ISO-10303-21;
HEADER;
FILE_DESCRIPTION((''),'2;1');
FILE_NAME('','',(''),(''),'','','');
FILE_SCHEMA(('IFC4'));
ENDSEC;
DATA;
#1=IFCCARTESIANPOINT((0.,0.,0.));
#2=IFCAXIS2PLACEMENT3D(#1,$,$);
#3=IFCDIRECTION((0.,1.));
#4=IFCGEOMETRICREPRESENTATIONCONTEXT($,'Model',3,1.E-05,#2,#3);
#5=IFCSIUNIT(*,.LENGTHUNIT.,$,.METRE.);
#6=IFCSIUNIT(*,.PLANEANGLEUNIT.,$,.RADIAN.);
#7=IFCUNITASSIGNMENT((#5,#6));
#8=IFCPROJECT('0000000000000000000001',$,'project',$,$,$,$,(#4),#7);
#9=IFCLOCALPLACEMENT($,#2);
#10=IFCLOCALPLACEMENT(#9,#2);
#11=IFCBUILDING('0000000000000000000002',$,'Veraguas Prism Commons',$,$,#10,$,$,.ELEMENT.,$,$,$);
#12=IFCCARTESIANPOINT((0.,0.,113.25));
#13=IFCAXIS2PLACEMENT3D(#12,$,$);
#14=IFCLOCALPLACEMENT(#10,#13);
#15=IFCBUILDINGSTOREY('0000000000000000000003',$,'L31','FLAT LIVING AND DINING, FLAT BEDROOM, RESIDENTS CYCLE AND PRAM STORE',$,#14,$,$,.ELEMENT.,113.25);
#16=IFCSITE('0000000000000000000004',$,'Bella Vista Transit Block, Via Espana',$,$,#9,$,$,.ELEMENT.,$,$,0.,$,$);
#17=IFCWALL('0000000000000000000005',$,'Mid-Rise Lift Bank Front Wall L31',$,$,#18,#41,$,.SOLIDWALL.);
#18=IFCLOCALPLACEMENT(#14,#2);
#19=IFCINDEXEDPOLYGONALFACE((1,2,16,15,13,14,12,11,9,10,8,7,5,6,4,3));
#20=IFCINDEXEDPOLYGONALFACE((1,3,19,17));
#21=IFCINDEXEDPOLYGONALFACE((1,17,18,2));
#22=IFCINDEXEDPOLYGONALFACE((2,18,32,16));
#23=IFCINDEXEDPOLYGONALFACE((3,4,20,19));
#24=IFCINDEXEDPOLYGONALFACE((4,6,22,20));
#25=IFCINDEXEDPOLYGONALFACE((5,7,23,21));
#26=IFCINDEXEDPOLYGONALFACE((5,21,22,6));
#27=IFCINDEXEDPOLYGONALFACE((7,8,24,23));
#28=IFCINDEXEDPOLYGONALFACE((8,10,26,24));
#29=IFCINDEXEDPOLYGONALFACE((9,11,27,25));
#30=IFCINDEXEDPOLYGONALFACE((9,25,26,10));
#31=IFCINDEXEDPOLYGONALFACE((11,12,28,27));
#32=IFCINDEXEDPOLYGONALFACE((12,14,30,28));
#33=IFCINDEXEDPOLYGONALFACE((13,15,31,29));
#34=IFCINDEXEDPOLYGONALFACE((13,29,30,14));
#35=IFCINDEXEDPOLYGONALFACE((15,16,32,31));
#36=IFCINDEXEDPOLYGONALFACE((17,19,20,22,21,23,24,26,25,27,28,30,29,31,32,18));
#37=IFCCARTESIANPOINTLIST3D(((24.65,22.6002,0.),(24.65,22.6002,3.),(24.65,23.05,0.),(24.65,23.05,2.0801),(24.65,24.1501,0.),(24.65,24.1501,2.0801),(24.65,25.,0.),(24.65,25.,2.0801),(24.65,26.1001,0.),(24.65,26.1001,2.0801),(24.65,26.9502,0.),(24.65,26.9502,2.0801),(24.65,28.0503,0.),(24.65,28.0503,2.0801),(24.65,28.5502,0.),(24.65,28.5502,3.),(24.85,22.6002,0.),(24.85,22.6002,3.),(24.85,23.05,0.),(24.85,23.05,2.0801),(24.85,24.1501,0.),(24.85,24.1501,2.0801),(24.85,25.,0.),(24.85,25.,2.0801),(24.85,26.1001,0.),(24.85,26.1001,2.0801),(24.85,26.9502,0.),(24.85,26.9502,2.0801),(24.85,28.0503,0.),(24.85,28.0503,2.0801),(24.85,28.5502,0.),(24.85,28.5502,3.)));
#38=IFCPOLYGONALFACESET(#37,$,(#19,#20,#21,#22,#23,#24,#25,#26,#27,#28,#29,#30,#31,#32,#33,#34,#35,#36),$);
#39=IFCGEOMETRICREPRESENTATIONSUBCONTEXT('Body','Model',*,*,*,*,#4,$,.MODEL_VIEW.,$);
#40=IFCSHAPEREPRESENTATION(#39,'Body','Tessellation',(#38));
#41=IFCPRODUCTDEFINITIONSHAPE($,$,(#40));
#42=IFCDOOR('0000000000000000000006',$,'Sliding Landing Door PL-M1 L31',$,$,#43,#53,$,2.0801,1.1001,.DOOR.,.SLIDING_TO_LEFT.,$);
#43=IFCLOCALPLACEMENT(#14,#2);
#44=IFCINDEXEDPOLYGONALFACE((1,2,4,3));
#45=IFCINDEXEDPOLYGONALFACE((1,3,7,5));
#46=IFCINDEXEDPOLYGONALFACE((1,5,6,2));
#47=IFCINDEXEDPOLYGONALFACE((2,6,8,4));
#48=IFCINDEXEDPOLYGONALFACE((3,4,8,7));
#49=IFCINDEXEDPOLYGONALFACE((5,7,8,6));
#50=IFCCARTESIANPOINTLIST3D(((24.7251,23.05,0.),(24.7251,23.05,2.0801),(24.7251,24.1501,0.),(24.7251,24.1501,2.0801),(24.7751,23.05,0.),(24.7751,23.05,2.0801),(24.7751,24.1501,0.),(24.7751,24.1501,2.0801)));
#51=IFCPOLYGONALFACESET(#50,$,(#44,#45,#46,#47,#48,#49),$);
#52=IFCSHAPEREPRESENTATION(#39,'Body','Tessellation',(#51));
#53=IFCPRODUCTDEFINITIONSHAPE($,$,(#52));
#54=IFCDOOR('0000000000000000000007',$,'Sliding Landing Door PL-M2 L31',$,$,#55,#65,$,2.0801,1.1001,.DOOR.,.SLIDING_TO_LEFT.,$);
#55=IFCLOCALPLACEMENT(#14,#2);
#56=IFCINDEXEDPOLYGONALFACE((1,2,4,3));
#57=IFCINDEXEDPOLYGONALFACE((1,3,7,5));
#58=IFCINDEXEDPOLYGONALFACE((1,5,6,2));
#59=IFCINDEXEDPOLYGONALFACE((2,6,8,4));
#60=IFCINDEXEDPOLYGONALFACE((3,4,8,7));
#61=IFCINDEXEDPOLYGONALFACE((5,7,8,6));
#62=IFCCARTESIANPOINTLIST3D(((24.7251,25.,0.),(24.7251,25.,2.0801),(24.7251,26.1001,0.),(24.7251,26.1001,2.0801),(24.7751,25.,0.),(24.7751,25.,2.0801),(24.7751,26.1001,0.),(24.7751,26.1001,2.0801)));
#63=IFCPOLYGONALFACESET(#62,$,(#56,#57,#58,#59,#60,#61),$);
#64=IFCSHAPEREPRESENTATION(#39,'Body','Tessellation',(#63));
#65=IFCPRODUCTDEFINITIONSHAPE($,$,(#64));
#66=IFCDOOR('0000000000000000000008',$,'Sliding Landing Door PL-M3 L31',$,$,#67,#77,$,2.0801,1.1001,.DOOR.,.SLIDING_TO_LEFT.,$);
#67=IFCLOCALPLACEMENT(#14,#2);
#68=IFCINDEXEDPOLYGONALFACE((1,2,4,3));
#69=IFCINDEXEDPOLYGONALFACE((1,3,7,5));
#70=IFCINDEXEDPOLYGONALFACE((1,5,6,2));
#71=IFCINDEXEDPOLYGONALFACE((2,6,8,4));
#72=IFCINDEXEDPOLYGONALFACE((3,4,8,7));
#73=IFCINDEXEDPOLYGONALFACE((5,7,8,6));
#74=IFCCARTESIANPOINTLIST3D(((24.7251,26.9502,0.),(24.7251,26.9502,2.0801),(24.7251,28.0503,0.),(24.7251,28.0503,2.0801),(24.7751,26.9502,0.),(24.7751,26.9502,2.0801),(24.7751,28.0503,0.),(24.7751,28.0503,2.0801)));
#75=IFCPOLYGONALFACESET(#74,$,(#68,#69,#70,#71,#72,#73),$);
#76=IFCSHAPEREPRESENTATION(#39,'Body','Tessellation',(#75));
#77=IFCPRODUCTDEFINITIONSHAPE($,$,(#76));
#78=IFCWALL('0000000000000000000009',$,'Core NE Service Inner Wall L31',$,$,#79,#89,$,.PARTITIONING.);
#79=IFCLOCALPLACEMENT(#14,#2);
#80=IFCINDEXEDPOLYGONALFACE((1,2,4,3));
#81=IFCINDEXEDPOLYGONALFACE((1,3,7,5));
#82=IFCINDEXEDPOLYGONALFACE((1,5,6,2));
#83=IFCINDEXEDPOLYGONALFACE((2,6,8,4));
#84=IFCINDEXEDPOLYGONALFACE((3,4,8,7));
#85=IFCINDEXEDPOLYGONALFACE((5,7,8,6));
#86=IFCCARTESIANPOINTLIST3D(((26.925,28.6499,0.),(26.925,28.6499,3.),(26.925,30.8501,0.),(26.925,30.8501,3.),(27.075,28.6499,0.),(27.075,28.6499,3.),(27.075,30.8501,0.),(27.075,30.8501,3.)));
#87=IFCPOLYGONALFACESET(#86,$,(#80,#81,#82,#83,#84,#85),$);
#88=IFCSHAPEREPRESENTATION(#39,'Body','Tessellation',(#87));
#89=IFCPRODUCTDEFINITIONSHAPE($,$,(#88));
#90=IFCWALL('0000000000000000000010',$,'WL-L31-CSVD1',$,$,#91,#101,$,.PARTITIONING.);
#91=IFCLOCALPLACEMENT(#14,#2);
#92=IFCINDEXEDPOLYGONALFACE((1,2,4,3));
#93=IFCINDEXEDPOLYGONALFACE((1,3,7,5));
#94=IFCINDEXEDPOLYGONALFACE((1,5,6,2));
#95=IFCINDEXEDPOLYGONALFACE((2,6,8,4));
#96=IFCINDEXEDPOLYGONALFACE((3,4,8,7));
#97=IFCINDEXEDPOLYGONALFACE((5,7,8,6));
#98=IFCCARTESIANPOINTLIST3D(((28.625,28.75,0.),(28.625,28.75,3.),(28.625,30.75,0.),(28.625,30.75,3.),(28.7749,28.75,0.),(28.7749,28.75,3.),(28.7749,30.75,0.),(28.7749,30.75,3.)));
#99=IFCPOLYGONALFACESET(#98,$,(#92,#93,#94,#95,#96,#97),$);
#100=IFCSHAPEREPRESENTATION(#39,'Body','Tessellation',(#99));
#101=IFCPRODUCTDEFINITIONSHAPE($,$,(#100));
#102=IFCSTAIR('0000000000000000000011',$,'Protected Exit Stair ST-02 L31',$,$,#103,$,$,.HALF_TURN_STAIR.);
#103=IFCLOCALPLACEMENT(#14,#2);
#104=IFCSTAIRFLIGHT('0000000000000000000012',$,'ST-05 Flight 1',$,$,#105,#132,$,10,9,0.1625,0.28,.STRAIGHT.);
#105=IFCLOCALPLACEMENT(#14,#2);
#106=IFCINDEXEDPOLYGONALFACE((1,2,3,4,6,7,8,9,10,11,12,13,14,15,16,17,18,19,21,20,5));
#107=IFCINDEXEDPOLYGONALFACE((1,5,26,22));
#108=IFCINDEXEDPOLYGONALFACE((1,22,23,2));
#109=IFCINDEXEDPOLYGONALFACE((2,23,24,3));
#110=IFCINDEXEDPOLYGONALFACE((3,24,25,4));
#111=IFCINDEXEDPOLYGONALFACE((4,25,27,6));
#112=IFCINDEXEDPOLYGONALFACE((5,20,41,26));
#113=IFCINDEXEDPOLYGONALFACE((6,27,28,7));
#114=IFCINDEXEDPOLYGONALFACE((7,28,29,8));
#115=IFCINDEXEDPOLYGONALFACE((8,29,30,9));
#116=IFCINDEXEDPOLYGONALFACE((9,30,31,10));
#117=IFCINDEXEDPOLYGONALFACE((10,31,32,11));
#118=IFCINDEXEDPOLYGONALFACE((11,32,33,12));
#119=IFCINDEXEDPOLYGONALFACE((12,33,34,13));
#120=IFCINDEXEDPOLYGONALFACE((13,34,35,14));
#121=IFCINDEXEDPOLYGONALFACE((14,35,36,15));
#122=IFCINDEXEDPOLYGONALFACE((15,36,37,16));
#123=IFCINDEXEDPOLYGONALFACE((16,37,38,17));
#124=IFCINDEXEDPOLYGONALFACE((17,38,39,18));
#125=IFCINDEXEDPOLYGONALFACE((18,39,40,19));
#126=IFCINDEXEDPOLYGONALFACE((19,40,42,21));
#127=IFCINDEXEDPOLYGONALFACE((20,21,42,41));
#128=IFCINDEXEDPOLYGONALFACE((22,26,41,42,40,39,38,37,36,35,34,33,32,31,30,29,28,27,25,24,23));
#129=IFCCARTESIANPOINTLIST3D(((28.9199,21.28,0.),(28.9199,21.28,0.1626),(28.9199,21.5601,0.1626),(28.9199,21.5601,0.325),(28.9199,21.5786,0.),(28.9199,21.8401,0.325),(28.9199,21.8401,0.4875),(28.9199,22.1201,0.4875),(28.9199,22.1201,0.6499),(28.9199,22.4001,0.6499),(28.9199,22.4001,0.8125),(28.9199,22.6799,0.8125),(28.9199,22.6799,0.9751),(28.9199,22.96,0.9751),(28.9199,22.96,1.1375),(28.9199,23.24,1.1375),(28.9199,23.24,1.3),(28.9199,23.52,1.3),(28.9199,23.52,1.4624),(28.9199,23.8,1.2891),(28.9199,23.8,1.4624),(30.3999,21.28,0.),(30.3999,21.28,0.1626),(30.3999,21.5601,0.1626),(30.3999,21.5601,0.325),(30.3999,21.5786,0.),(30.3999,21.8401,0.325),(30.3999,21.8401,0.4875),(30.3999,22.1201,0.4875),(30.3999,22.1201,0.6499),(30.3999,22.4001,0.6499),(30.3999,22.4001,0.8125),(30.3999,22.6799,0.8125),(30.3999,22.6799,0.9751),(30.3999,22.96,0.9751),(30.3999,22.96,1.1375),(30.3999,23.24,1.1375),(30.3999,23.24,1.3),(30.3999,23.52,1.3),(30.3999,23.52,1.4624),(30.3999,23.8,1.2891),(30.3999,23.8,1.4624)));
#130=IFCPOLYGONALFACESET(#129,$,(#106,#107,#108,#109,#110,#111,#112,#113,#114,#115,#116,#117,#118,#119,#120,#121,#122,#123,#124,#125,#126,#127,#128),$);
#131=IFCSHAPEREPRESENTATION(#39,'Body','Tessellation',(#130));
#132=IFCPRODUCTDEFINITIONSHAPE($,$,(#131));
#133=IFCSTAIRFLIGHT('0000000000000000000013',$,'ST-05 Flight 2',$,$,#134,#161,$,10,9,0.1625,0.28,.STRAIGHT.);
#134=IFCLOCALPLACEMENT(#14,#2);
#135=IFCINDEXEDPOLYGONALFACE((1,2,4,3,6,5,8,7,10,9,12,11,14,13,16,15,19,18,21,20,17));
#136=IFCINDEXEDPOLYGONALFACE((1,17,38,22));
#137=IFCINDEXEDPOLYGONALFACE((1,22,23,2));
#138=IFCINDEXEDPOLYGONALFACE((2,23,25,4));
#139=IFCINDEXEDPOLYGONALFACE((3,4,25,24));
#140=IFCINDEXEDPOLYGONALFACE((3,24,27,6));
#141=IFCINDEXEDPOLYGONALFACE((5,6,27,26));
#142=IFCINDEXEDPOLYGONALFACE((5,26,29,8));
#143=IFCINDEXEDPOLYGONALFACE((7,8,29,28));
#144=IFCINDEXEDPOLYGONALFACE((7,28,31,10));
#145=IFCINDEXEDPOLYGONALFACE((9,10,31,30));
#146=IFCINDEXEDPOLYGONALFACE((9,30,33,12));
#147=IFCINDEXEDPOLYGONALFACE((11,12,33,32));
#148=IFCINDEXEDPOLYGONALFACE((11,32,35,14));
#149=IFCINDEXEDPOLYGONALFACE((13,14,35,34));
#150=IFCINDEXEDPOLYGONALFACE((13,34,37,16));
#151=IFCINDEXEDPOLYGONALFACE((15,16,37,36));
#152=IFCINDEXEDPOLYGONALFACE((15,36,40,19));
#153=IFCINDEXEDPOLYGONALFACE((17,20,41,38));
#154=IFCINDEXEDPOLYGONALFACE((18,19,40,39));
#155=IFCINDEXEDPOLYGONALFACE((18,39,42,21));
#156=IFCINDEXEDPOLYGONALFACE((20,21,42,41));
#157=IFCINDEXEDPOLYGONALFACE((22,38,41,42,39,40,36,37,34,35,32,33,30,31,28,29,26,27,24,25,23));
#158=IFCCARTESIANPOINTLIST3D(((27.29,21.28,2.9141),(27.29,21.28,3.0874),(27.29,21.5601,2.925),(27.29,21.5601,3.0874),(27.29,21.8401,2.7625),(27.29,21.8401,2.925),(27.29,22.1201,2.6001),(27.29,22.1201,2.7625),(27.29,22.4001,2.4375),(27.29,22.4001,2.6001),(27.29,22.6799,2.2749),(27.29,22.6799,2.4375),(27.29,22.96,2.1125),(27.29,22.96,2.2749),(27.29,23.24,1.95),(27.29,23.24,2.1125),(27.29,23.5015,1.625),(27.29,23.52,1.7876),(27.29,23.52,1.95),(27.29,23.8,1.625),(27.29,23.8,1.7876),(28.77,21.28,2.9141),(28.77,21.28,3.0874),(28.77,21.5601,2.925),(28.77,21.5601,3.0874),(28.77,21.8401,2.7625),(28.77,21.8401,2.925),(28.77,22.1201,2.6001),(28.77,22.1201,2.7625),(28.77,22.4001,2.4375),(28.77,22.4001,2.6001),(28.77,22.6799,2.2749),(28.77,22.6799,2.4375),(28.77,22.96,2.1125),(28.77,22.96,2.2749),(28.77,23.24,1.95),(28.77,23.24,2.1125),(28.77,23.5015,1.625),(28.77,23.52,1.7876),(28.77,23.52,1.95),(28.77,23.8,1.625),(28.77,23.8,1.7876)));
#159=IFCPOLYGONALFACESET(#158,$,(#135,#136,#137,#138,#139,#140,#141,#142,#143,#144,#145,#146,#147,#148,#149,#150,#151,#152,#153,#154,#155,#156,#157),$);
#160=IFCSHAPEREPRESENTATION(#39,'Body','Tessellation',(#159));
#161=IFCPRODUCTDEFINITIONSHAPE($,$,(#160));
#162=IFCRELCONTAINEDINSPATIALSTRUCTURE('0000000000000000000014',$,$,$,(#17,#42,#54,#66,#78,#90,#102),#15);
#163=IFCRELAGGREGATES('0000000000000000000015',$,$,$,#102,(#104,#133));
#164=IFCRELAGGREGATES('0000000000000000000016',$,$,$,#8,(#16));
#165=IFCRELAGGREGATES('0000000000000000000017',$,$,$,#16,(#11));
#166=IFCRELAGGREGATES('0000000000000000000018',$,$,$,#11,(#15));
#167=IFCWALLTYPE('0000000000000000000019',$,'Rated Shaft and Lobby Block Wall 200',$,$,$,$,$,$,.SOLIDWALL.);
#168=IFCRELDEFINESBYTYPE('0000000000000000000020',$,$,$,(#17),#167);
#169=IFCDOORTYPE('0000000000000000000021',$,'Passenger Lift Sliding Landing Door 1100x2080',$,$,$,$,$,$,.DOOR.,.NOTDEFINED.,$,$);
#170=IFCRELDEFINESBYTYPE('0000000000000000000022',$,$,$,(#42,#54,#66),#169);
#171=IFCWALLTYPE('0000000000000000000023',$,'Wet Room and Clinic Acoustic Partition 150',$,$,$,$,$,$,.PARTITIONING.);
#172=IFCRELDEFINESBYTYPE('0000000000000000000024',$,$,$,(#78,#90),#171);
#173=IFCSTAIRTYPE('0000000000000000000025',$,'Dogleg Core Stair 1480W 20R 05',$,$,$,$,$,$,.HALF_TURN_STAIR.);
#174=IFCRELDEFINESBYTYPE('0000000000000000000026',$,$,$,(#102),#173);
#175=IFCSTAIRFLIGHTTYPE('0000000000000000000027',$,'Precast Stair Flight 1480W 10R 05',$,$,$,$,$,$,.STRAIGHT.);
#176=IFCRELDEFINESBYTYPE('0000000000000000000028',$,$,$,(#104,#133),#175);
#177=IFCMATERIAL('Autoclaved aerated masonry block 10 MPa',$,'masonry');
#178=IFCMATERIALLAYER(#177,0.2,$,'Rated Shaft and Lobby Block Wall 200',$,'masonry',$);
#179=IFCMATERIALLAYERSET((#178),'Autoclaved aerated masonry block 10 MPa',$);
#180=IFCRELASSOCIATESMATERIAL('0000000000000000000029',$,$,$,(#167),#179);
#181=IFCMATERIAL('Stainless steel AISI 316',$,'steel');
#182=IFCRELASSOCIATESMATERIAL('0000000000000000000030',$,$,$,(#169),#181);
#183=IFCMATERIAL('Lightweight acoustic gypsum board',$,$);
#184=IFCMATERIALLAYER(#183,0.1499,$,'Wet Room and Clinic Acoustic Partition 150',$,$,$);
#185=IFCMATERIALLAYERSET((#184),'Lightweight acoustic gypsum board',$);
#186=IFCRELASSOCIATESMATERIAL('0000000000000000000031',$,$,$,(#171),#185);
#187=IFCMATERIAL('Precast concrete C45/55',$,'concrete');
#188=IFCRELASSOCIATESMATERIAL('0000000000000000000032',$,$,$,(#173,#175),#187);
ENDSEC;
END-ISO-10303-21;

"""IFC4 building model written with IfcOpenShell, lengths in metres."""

from ifc_helpers import new_model, si_unit, direction, frame, frame_2d, origin, place, context, subcontext, project, spatial, polyline, rectangle, outline, extrude, source, transform, mapped, material, layer, layer_set, type_object, element, fill, aggregate, save


model = new_model("IFC4")

# Units and contexts
model_context = context("Model", 3, precision=1e-05, world=origin(), true_north=direction((0.0, 1.0)))
body_context = subcontext(model_context, "Body", "Model", "MODEL_VIEW")
ifc_project = project(units=[si_unit("LENGTHUNIT", "METRE"), si_unit("PLANEANGLEUNIT", "RADIAN")], contexts=[model_context])

# Site, building, storey
site_placement = place(None, origin())
site = spatial("IfcSite", under=ifc_project, at=site_placement, Name="Bella Vista Transit Block, Via Espana", CompositionType="ELEMENT", RefElevation=0.0)
building_placement = place(site_placement, origin())
building = spatial("IfcBuilding", under=site, at=building_placement, Name="Veraguas Prism Commons", CompositionType="ELEMENT")
storey_placement = place(building_placement, frame((0.0, 0.0, 113.25)))
storey = spatial("IfcBuildingStorey", under=building, at=storey_placement, Name="L31", Description="FLAT LIVING AND DINING, FLAT BEDROOM, RESIDENTS CYCLE AND PRAM STORE", CompositionType="ELEMENT", Elevation=113.25)

# Shared definitions
ifc_material_1 = material(Name="Autoclaved aerated masonry block 10 MPa", Category="masonry")

# Shared definitions
ifc_material_2 = material(Name="Lightweight acoustic gypsum board")
ifc_layer_1 = layer(ifc_material_1, 0.2, Name="Rated Shaft and Lobby Block Wall 200", Category="masonry")
ifc_layer_set_1 = layer_set([ifc_layer_1], Name="Autoclaved aerated masonry block 10 MPa")
wall_type_1 = type_object("IfcWallType", Name="Rated Shaft and Lobby Block Wall 200", PredefinedType="SOLIDWALL", material=ifc_layer_set_1)

# Wall, openings, doors
wall_1_placement = place(storey_placement, frame((24.75, 22.6001, 0.0), z_axis=(0.0, 0.0, 1.0), x_axis=(0.0, 1.0, 0.0)))
wall_1 = element("IfcWall", 1, at=wall_1_placement, inside=storey, type_object=wall_type_1, Name="Mid-Rise Lift Bank Front Wall L31", PredefinedType="SOLIDWALL", context=body_context, shape_type="SweptSolid", body=[
    extrude(rectangle(XDim=5.95, YDim=0.2, at=frame_2d((2.9751, 0.0))), origin(), (0.0, 0.0, 1.0), 3.0),
])
opening_1_placement = place(wall_1_placement, frame((0.45, 0.0, 0.0)))
opening_1 = element("IfcOpeningElement", 2, at=opening_1_placement, cuts=wall_1, PredefinedType="OPENING", context=body_context, shape_type="SweptSolid", body=[
    extrude(rectangle(XDim=1.1001, YDim=2.0801, at=frame_2d((0.55, 1.04))), frame((0.0, 0.1099, 0.0), z_axis=(0.0, -1.0, 0.0), x_axis=(1.0, 0.0, 0.0)), (0.0, 0.0, 1.0), 0.22),
])
opening_2_placement = place(wall_1_placement, frame((2.3999, 0.0, 0.0)))
opening_2 = element("IfcOpeningElement", 3, at=opening_2_placement, cuts=wall_1, PredefinedType="OPENING", context=body_context, shape_type="SweptSolid", body=[
    extrude(rectangle(XDim=1.1001, YDim=2.0801, at=frame_2d((0.55, 1.04))), frame((0.0, 0.1099, 0.0), z_axis=(0.0, -1.0, 0.0), x_axis=(1.0, 0.0, 0.0)), (0.0, 0.0, 1.0), 0.22),
])
opening_3_placement = place(wall_1_placement, frame((4.3501, 0.0, 0.0)))
opening_3 = element("IfcOpeningElement", 4, at=opening_3_placement, cuts=wall_1, PredefinedType="OPENING", context=body_context, shape_type="SweptSolid", body=[
    extrude(rectangle(XDim=1.1001, YDim=2.0801, at=frame_2d((0.55, 1.04))), frame((0.0, 0.1099, 0.0), z_axis=(0.0, -1.0, 0.0), x_axis=(1.0, 0.0, 0.0)), (0.0, 0.0, 1.0), 0.22),
])
ifc_material_3 = material(Name="Stainless steel AISI 316", Category="steel")
door_type_1 = type_object("IfcDoorType", Name="Passenger Lift Sliding Landing Door 1100x2080", OperationType="NOTDEFINED", PredefinedType="DOOR", material=ifc_material_3)
shared_shape_1 = source(origin(), body_context, "Body", "SweptSolid", [
    extrude(rectangle(XDim=1.1001, YDim=2.0801, at=frame_2d((0.55, 1.04))), frame((0.0, 0.0249, 0.0), z_axis=(0.0, -1.0, 0.0), x_axis=(1.0, 0.0, 0.0)), (0.0, 0.0, 1.0), 0.05),
])
door_1_placement = place(opening_1_placement, origin())
door_1 = element("IfcDoor", 5, at=door_1_placement, inside=storey, type_object=door_type_1, Name="Sliding Landing Door PL-M1 L31", OperationType="SLIDING_TO_LEFT", OverallHeight=2.0801, OverallWidth=1.1001, PredefinedType="DOOR", context=body_context, shape_type="MappedRepresentation", body=[
    mapped(shared_shape_1, transform((0.0, 0.0, 0.0), scale=1.0)),
])
fill(opening_1, door_1)
door_2_placement = place(opening_2_placement, origin())
door_2 = element("IfcDoor", 6, at=door_2_placement, inside=storey, type_object=door_type_1, Name="Sliding Landing Door PL-M2 L31", OperationType="SLIDING_TO_LEFT", OverallHeight=2.0801, OverallWidth=1.1001, PredefinedType="DOOR", context=body_context, shape_type="MappedRepresentation", body=[
    mapped(shared_shape_1, transform((0.0, 0.0, 0.0), scale=1.0)),
])
fill(opening_2, door_2)
door_3_placement = place(opening_3_placement, origin())
door_3 = element("IfcDoor", 7, at=door_3_placement, inside=storey, type_object=door_type_1, Name="Sliding Landing Door PL-M3 L31", OperationType="SLIDING_TO_LEFT", OverallHeight=2.0801, OverallWidth=1.1001, PredefinedType="DOOR", context=body_context, shape_type="MappedRepresentation", body=[
    mapped(shared_shape_1, transform((0.0, 0.0, 0.0), scale=1.0)),
])
fill(opening_3, door_3)

# Walls
ifc_layer_2 = layer(ifc_material_2, 0.1499, Name="Wet Room and Clinic Acoustic Partition 150")
ifc_layer_set_2 = layer_set([ifc_layer_2], Name="Lightweight acoustic gypsum board")
wall_type_2 = type_object("IfcWallType", Name="Wet Room and Clinic Acoustic Partition 150", PredefinedType="PARTITIONING", material=ifc_layer_set_2)
wall_2_placement = place(storey_placement, frame((27.0, 28.6499, 0.0), z_axis=(0.0, 0.0, 1.0), x_axis=(0.0, 1.0, 0.0)))
element("IfcWall", 8, at=wall_2_placement, inside=storey, type_object=wall_type_2, Name="Core NE Service Inner Wall L31", PredefinedType="PARTITIONING", context=body_context, shape_type="SweptSolid", body=[
    extrude(rectangle(XDim=2.2002, YDim=0.1499, at=frame_2d((1.1001, 0.0))), origin(), (0.0, 0.0, 1.0), 3.0),
])
wall_3_placement = place(storey_placement, frame((28.7, 28.75, 0.0), z_axis=(0.0, 0.0, 1.0), x_axis=(0.0, 1.0, 0.0)))
element("IfcWall", 9, at=wall_3_placement, inside=storey, type_object=wall_type_2, Name="WL-L31-CSVD1", PredefinedType="PARTITIONING", context=body_context, shape_type="SweptSolid", body=[
    extrude(rectangle(XDim=2.0, YDim=0.1499, at=frame_2d((1.0, 0.0))), origin(), (0.0, 0.0, 1.0), 3.0),
])

# Stair, stair flights
ifc_material_4 = material(Name="Precast concrete C45/55", Category="concrete")
stair_type = type_object("IfcStairType", Name="Dogleg Core Stair 1480W 20R 05", PredefinedType="HALF_TURN_STAIR", material=ifc_material_4)
stair_placement = place(storey_placement, origin())
stair = element("IfcStair", 10, at=stair_placement, inside=storey, type_object=stair_type, Name="Protected Exit Stair ST-02 L31", PredefinedType="HALF_TURN_STAIR")
stair_flight_type = type_object("IfcStairFlightType", Name="Precast Stair Flight 1480W 10R 05", PredefinedType="STRAIGHT", material=ifc_material_4)
stair_flight_1_placement = place(storey_placement, frame((29.6599, 21.28, 0.0), z_axis=(0.0, 0.0, 1.0), x_axis=(0.0, 1.0, 0.0)))
stair_flight_1 = element("IfcStairFlight", 11, at=stair_flight_1_placement, type_object=stair_flight_type, Name="ST-05 Flight 1", NumberOfRisers=10, NumberOfTreads=9, PredefinedType="STRAIGHT", RiserHeight=0.1625, TreadLength=0.28, context=body_context, shape_type="SweptSolid", body=[
    extrude(outline(polyline([(0.0, 0.0), (0.0, 0.1626), (0.28, 0.1626), (0.28, 0.325), (0.5601, 0.325), (0.5601, 0.4875), (0.8401, 0.4875), (0.8401, 0.6499), (1.1201, 0.6499), (1.1201, 0.8125), (1.3999, 0.8125), (1.3999, 0.9751), (1.6799, 0.9751), (1.6799, 1.1375), (1.96, 1.1375), (1.96, 1.3), (2.24, 1.3), (2.24, 1.4624), (2.52, 1.4624), (2.52, 1.625), (2.52, 1.2891), (0.2986, 0.0), (0.0, 0.0)])), frame((0.0, 0.74, 0.0), z_axis=(0.0, -1.0, 0.0), x_axis=(1.0, 0.0, 0.0)), (0.0, 0.0, 1.0), 1.48),
])
stair_flight_2_placement = place(storey_placement, frame((28.03, 23.8, 1.625), z_axis=(0.0, 0.0, 1.0), x_axis=(0.0, -1.0, 0.0)))
stair_flight_2 = element("IfcStairFlight", 12, at=stair_flight_2_placement, type_object=stair_flight_type, Name="ST-05 Flight 2", NumberOfRisers=10, NumberOfTreads=9, PredefinedType="STRAIGHT", RiserHeight=0.1625, TreadLength=0.28, context=body_context, shape_type="SweptSolid", body=[
    extrude(outline(polyline([(0.0, 0.0), (0.0, 0.1626), (0.28, 0.1626), (0.28, 0.325), (0.5601, 0.325), (0.5601, 0.4875), (0.8401, 0.4875), (0.8401, 0.6499), (1.1201, 0.6499), (1.1201, 0.8125), (1.3999, 0.8125), (1.3999, 0.9751), (1.6799, 0.9751), (1.6799, 1.1375), (1.96, 1.1375), (1.96, 1.3), (2.24, 1.3), (2.24, 1.4624), (2.52, 1.4624), (2.52, 1.625), (2.52, 1.2891), (0.2986, 0.0), (0.0, 0.0)])), frame((0.0, 0.74, 0.0), z_axis=(0.0, -1.0, 0.0), x_axis=(1.0, 0.0, 0.0)), (0.0, 0.0, 1.0), 1.48),
])
aggregate(stair, [stair_flight_1, stair_flight_2])

save(model, "model.ifc")
